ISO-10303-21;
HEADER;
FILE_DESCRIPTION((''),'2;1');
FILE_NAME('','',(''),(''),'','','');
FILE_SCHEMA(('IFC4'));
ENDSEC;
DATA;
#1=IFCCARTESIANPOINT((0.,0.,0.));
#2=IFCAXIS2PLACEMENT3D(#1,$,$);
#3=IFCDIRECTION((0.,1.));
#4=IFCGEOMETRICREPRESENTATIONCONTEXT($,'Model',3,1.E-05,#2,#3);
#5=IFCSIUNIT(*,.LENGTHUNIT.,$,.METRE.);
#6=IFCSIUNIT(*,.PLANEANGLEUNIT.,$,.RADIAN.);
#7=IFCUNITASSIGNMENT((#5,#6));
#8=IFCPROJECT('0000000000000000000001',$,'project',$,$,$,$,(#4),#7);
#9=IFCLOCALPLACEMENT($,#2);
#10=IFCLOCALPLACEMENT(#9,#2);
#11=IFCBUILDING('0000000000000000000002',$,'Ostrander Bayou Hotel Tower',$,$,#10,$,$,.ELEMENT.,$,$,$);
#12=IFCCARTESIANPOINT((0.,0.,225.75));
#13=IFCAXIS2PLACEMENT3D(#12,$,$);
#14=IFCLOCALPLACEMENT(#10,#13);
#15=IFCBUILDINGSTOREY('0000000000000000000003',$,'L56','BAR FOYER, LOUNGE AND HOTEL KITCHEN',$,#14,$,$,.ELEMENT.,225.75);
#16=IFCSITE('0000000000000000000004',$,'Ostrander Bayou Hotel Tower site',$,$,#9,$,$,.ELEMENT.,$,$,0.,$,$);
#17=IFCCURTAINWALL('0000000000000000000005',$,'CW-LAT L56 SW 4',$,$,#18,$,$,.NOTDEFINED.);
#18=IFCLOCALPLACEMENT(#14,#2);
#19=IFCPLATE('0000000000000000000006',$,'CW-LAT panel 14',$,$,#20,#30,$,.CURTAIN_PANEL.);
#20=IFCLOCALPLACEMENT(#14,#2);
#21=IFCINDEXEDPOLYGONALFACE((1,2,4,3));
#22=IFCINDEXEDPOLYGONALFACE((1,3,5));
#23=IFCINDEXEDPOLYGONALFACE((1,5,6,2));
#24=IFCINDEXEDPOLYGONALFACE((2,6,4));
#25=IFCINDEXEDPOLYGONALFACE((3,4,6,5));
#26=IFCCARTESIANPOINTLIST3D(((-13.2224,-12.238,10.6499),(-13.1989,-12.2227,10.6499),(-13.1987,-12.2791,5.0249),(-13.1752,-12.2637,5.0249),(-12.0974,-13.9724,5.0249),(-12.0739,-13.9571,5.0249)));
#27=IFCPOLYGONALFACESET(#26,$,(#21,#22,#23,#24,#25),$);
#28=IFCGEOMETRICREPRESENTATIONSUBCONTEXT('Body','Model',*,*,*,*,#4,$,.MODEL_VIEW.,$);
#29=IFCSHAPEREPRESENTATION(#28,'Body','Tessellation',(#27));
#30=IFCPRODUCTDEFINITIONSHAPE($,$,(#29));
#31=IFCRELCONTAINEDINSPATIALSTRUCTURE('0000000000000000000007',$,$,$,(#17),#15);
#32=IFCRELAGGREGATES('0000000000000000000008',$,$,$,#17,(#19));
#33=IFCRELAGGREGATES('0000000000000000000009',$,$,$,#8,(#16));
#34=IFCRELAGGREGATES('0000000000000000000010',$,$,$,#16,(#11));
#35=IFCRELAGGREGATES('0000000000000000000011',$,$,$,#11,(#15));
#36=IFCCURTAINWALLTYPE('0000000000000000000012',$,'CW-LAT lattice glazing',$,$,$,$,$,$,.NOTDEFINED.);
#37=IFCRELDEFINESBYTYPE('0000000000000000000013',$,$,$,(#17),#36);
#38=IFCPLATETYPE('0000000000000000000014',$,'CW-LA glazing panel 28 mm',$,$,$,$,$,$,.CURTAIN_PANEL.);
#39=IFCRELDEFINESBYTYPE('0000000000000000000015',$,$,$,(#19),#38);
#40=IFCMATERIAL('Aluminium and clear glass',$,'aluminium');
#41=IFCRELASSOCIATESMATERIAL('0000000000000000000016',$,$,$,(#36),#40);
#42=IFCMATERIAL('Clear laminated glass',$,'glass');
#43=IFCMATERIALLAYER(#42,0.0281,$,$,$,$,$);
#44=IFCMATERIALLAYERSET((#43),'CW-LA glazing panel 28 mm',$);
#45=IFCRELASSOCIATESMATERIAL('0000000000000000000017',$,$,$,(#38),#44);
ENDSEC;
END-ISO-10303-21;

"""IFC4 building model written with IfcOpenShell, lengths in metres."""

from ifc_helpers import new_model, si_unit, direction, frame, origin, place, context, subcontext, project, spatial, polyline, outline, extrude, material, layer, layer_set, type_object, element, aggregate, save


model = new_model("IFC4")

# Units and contexts
model_context = context("Model", 3, precision=1e-05, world=origin(), true_north=direction((0.0, 1.0)))
body_context = subcontext(model_context, "Body", "Model", "MODEL_VIEW")
ifc_project = project(units=[si_unit("LENGTHUNIT", "METRE"), si_unit("PLANEANGLEUNIT", "RADIAN")], contexts=[model_context])

# Site, building, storey
site_placement = place(None, origin())
site = spatial("IfcSite", under=ifc_project, at=site_placement, Name="Ostrander Bayou Hotel Tower site", CompositionType="ELEMENT", RefElevation=0.0)
building_placement = place(site_placement, origin())
building = spatial("IfcBuilding", under=site, at=building_placement, Name="Ostrander Bayou Hotel Tower", CompositionType="ELEMENT")
storey_placement = place(building_placement, frame((0.0, 0.0, 225.75)))
storey = spatial("IfcBuildingStorey", under=building, at=storey_placement, Name="L56", Description="BAR FOYER, LOUNGE AND HOTEL KITCHEN", CompositionType="ELEMENT", Elevation=225.75)

# Shared definitions
ifc_material_1 = material(Name="Aluminium and clear glass", Category="aluminium")
curtain_wall_type_1 = type_object("IfcCurtainWallType", Name="CW-LAT lattice glazing", PredefinedType="NOTDEFINED", material=ifc_material_1)

# Curtain wall, plate
ifc_material_2 = material(Name="Clear laminated glass", Category="glass")
ifc_layer_1 = layer(ifc_material_2, 0.0281)
ifc_layer_set_1 = layer_set([ifc_layer_1], Name="CW-LA glazing panel 28 mm")
plate_type_1 = type_object("IfcPlateType", Name="CW-LA glazing panel 28 mm", PredefinedType="CURTAIN_PANEL", material=ifc_layer_set_1)
curtain_wall_1_placement = place(storey_placement, origin())
curtain_wall_1 = element("IfcCurtainWall", 1, at=curtain_wall_1_placement, inside=storey, type_object=curtain_wall_type_1, Name="CW-LAT L56 SW 4", PredefinedType="NOTDEFINED")
plate_1_placement = place(storey_placement, frame((-12.0974, -13.9724, 5.0249), z_axis=(-0.8383, -0.545209, 0.000446), x_axis=(-0.187724, 0.289407, 0.938618)))
plate_1 = element("IfcPlate", 2, at=plate_1_placement, type_object=plate_type_1, Name="CW-LAT panel 14", PredefinedType="CURTAIN_PANEL", context=body_context, shape_type="SweptSolid", body=[
    extrude(outline(polyline([(0.0, 0.0), (5.9929, 0.0), (0.6968, 1.896), (0.0, 0.0)])), origin(), (0.0, 0.0, -1.0), 0.0281),
])
aggregate(curtain_wall_1, [plate_1])

save(model, "model.ifc")
